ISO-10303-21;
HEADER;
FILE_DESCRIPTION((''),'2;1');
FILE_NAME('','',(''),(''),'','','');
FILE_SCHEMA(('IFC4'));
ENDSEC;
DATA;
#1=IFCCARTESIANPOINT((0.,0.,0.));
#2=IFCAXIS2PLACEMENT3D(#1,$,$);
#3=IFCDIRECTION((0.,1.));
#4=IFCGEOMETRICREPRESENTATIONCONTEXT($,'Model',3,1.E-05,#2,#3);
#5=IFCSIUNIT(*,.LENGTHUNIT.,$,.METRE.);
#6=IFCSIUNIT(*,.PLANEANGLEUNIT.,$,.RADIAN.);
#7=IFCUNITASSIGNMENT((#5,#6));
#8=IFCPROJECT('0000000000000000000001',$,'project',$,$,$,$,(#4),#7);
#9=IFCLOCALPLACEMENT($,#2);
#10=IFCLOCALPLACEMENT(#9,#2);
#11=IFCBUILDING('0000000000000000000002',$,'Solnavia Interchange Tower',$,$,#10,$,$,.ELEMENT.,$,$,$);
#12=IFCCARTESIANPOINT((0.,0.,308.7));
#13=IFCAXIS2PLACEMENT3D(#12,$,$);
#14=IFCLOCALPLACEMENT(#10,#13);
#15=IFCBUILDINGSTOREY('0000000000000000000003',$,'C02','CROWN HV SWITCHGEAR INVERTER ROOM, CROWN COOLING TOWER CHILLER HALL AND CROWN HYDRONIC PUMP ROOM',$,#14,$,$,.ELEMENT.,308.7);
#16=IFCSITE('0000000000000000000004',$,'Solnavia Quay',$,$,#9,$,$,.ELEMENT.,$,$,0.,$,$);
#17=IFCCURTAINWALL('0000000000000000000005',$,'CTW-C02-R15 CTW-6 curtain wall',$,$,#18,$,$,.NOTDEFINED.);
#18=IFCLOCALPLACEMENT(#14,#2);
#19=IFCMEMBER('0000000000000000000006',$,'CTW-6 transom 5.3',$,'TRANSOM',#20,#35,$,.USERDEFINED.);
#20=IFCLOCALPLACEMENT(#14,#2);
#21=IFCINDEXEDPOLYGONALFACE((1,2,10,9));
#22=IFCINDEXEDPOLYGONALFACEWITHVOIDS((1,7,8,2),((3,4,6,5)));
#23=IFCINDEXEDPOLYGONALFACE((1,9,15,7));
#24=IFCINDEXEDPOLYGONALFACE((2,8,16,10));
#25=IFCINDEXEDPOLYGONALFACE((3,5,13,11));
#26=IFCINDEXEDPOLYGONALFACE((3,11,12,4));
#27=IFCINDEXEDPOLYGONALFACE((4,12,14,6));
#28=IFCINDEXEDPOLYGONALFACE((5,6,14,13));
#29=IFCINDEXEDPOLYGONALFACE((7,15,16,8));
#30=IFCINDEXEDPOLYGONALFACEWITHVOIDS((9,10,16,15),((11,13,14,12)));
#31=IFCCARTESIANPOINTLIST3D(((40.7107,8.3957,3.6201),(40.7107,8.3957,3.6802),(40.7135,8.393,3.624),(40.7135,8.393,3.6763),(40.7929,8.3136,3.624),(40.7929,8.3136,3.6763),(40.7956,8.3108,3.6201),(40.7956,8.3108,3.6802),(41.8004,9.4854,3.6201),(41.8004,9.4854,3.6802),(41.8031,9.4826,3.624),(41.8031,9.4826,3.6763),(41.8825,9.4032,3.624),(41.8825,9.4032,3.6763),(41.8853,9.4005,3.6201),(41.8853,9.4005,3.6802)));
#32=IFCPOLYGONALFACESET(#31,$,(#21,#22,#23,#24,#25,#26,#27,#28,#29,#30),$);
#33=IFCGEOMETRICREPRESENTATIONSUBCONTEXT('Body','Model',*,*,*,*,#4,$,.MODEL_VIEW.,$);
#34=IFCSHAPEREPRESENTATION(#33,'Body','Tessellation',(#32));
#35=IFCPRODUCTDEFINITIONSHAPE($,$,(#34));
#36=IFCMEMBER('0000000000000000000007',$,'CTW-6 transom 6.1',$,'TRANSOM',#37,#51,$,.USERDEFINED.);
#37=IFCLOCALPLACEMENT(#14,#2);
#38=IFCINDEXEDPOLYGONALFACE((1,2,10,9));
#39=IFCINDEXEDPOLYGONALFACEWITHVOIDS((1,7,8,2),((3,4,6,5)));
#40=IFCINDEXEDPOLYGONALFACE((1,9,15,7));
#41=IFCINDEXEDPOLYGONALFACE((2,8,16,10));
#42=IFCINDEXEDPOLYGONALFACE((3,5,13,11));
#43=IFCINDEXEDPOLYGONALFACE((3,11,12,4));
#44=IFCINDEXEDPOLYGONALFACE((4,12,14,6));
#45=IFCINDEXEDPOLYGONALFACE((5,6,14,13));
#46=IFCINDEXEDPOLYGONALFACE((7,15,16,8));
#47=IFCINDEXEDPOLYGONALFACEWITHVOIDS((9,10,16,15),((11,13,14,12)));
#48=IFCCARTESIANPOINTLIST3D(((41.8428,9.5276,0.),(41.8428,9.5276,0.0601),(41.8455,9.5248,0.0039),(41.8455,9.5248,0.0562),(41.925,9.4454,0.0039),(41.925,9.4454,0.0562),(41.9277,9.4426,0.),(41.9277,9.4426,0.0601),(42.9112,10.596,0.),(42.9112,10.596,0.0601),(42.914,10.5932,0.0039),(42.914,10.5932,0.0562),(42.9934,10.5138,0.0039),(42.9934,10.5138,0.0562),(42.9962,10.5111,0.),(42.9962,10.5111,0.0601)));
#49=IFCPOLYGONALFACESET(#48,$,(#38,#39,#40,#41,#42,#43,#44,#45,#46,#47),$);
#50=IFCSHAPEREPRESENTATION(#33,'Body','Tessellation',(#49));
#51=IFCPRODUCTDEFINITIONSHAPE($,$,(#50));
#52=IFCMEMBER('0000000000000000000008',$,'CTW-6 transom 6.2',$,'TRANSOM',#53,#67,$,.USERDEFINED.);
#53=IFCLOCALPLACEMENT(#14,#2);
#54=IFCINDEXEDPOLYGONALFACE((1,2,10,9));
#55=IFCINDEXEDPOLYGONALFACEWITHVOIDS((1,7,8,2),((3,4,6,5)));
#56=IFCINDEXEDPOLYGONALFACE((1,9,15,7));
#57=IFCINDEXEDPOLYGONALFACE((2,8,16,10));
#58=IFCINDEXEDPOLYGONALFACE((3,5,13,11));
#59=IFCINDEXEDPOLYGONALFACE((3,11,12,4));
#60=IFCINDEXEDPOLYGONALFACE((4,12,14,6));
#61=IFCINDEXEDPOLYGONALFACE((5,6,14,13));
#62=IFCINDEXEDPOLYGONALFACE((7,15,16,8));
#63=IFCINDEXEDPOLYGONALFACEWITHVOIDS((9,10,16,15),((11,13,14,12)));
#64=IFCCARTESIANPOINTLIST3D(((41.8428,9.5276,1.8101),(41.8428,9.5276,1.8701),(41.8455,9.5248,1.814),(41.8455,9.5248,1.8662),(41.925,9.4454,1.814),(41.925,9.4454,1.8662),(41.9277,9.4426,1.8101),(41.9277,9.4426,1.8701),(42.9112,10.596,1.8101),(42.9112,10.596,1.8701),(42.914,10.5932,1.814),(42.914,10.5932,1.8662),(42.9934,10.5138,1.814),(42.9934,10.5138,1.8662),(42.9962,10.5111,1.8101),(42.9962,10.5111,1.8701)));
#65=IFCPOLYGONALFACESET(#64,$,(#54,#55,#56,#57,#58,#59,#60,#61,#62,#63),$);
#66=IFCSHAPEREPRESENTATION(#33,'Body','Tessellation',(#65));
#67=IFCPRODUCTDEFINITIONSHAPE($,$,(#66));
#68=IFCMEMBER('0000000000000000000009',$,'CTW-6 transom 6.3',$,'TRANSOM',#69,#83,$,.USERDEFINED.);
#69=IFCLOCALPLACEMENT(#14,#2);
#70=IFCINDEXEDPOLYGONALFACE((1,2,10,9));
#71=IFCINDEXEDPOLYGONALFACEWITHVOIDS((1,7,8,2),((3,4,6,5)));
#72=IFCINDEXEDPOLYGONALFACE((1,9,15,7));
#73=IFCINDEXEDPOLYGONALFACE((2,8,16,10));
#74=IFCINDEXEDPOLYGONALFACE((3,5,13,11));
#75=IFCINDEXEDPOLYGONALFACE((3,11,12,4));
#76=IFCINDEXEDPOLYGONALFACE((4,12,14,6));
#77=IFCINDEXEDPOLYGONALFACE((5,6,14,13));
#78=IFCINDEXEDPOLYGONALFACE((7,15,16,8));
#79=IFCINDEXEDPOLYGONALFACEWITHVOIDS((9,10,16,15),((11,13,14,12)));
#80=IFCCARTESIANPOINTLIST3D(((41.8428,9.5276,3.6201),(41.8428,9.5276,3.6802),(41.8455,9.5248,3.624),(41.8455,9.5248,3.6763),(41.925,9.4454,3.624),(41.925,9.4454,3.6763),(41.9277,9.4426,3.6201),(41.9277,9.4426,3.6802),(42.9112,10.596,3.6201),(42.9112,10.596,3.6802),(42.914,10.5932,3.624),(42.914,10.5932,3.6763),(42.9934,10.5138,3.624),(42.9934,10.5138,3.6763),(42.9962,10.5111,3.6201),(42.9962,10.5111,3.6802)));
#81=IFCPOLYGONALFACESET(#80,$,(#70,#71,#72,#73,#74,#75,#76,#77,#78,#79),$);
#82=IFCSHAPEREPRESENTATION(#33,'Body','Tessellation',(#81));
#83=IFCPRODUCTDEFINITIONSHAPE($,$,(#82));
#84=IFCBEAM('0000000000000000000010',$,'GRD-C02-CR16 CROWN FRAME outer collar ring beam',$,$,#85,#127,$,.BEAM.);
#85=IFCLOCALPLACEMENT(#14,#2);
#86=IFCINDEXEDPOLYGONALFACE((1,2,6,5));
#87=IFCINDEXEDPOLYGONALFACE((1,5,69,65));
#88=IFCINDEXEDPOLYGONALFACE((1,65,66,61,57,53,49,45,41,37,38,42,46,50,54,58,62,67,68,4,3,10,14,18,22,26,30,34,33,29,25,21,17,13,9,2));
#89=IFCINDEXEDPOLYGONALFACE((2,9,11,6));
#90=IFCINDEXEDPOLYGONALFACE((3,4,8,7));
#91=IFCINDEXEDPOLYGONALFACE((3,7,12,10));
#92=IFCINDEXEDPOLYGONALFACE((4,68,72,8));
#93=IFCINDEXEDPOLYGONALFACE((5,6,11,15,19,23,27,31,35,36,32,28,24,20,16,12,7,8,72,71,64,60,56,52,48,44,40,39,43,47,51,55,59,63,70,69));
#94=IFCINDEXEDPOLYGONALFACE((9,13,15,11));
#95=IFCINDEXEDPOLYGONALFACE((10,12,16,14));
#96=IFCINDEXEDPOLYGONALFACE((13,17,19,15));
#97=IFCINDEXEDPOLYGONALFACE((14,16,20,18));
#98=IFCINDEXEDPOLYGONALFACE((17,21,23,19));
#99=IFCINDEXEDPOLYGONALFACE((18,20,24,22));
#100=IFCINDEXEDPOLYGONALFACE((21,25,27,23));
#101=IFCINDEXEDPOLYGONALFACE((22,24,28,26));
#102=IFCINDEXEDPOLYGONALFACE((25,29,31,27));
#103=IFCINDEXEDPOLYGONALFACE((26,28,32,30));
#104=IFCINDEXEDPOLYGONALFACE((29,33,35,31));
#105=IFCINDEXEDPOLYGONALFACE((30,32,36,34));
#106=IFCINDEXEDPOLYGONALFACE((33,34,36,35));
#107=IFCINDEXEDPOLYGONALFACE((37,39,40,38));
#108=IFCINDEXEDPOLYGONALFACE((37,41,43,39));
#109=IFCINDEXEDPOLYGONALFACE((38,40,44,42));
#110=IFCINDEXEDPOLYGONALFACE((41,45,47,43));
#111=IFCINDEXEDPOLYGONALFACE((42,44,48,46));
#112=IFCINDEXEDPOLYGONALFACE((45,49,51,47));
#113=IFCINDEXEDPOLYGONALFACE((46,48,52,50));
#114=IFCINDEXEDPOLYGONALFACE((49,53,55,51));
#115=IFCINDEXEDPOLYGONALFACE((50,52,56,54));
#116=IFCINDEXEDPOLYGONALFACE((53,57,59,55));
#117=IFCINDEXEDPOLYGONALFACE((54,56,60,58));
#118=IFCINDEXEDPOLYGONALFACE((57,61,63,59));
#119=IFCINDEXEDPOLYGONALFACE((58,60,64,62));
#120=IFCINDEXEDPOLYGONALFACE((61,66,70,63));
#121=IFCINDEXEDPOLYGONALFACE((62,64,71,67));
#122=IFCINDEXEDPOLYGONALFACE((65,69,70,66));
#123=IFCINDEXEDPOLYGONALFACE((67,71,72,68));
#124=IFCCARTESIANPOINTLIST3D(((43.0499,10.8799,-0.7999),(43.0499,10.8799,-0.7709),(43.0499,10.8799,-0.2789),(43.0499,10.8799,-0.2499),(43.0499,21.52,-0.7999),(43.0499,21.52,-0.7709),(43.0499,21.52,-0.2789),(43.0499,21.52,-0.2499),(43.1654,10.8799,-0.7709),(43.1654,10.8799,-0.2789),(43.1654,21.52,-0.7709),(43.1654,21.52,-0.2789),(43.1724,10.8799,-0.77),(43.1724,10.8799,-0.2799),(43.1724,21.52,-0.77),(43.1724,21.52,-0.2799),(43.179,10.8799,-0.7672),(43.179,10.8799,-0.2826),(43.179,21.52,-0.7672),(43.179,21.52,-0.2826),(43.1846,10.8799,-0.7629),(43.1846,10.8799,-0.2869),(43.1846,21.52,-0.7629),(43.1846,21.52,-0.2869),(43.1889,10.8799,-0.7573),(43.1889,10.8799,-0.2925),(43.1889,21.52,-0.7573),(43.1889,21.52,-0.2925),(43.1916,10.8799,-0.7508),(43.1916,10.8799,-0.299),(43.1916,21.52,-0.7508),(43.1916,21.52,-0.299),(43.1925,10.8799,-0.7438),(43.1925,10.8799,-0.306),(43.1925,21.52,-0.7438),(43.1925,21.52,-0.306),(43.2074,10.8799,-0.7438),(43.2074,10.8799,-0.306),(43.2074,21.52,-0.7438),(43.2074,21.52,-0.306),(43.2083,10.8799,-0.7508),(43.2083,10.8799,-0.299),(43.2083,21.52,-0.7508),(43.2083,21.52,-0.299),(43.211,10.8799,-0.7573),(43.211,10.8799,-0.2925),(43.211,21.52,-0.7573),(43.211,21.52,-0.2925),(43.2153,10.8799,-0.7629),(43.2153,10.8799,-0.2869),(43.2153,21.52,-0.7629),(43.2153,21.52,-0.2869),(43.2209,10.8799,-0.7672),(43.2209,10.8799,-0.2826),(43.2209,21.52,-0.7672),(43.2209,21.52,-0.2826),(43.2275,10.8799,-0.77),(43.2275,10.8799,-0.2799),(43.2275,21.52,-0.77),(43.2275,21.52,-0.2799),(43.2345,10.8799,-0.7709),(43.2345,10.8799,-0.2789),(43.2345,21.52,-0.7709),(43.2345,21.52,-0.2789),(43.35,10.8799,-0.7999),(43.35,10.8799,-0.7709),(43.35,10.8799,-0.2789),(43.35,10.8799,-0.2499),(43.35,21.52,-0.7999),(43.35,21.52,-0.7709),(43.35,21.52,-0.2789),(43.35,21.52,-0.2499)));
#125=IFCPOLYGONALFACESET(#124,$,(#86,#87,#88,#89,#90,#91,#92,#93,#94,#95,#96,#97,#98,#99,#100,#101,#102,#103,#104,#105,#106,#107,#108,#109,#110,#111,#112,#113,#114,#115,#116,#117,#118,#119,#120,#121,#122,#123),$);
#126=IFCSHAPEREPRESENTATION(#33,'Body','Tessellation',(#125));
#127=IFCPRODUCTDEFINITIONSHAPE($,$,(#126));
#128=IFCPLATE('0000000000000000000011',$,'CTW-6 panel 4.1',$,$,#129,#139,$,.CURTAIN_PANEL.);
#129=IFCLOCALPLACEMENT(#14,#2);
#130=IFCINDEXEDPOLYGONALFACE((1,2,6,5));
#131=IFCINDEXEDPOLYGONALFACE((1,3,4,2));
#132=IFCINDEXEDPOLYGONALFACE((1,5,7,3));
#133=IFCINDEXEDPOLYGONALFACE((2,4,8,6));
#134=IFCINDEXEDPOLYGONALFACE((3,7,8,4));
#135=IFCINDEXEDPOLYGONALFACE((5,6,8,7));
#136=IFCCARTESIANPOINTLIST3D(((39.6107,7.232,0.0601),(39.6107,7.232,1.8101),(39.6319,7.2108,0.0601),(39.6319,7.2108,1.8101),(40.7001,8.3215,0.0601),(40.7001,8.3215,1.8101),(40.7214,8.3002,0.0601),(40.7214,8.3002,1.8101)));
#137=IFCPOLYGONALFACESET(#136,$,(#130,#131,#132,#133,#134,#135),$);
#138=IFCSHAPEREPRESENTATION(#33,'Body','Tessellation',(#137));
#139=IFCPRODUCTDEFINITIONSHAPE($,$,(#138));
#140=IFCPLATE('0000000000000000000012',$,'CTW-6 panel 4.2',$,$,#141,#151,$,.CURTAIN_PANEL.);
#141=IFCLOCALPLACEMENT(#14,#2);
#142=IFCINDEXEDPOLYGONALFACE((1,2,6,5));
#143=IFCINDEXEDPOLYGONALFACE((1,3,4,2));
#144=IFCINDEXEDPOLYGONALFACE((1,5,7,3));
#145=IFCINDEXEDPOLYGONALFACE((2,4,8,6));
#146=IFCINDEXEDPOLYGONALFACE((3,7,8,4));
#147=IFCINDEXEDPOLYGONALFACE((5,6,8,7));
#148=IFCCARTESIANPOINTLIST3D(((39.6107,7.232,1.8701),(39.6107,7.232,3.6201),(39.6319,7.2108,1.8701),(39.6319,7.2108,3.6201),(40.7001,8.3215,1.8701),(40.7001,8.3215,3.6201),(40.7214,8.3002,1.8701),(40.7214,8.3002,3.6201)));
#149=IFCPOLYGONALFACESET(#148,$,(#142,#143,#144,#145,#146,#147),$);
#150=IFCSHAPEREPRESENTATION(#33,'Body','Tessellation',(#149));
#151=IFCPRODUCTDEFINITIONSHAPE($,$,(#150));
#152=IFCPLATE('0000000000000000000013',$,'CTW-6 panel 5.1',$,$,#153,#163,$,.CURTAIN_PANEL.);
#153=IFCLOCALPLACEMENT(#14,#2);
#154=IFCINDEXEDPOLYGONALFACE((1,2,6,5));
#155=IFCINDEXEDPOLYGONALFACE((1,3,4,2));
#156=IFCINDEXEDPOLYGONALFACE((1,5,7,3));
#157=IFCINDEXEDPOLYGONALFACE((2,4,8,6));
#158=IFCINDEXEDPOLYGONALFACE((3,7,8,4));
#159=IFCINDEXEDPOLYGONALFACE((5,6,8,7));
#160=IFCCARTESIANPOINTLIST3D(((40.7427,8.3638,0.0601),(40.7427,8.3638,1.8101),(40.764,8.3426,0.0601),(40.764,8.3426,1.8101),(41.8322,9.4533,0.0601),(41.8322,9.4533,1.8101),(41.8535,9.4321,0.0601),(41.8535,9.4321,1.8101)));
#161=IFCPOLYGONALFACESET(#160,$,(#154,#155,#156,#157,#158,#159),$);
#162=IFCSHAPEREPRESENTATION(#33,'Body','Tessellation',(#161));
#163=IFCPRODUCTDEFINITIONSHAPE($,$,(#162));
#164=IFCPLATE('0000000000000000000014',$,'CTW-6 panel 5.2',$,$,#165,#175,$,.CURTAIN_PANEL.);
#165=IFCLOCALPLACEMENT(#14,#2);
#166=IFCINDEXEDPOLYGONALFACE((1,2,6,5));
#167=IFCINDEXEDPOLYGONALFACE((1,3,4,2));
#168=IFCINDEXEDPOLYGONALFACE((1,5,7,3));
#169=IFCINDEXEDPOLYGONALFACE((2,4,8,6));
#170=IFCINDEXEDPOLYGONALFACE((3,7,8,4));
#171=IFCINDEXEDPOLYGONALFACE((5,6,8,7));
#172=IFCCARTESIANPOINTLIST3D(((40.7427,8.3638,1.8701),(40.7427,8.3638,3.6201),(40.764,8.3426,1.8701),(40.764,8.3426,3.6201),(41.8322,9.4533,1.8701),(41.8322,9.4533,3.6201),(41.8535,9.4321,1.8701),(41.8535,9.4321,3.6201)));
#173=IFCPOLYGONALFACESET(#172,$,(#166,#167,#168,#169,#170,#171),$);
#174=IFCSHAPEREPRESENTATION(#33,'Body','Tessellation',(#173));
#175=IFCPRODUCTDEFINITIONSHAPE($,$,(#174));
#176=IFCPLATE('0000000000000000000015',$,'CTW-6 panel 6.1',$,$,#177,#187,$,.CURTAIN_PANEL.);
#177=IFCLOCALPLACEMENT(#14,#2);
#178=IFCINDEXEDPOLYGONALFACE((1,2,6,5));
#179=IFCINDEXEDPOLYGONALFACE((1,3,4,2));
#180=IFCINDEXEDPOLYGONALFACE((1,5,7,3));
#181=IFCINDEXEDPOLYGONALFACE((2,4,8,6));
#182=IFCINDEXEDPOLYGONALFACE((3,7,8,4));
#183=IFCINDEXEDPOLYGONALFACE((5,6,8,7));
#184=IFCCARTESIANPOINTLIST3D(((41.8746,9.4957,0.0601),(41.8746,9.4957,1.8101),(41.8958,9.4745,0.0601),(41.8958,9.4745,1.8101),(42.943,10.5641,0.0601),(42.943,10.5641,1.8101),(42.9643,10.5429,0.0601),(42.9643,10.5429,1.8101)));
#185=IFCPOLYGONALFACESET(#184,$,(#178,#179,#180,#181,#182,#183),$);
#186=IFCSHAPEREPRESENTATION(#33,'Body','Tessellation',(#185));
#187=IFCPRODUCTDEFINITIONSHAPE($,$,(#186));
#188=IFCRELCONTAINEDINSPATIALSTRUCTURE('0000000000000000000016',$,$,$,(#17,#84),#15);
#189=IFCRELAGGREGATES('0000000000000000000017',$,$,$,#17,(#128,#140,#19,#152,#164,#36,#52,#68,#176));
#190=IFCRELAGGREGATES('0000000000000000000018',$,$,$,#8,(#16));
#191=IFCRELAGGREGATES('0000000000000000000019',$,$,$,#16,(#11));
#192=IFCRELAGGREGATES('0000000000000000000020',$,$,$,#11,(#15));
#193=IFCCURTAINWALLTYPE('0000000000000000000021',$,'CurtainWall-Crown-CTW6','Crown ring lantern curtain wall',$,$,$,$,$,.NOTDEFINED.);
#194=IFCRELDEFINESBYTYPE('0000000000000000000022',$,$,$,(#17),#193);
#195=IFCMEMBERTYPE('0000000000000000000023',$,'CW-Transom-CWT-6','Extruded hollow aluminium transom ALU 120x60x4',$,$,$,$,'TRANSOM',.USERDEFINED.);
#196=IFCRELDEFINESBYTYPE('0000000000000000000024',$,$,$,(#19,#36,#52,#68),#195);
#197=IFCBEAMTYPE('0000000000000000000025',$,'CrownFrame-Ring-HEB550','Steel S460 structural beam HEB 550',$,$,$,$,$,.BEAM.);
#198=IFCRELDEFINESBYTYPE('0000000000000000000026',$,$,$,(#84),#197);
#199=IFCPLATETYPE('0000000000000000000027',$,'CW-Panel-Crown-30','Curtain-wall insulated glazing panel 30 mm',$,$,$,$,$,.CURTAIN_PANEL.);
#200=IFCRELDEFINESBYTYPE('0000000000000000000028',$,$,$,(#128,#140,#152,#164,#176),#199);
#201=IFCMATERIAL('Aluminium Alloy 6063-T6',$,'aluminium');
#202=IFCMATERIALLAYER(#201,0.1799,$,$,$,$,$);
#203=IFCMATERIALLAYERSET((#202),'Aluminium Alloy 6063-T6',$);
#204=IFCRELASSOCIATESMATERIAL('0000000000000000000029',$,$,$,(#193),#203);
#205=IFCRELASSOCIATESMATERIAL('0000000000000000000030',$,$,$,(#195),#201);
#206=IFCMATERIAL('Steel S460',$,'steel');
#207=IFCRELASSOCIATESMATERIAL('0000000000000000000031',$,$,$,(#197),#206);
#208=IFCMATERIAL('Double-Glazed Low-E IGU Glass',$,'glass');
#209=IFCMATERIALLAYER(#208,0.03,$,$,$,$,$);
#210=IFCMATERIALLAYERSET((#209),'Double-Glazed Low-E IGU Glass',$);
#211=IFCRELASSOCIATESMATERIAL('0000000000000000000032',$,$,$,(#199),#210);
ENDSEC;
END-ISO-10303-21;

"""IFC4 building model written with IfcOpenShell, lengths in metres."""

from ifc_helpers import new_model, si_unit, direction, frame, origin, origin_2d, place, context, subcontext, project, spatial, rectangle, hollow_rectangle, i_section, extrude, material, layer, layer_set, material_profile, profile_set, type_object, element, aggregate, save


model = new_model("IFC4")

# Units and contexts
model_context = context("Model", 3, precision=1e-05, world=origin(), true_north=direction((0.0, 1.0)))
body_context = subcontext(model_context, "Body", "Model", "MODEL_VIEW")
ifc_project = project(units=[si_unit("LENGTHUNIT", "METRE"), si_unit("PLANEANGLEUNIT", "RADIAN")], contexts=[model_context])

# Site, building, storey
site_placement = place(None, origin())
site = spatial("IfcSite", under=ifc_project, at=site_placement, Name="Solnavia Quay", CompositionType="ELEMENT", RefElevation=0.0)
building_placement = place(site_placement, origin())
building = spatial("IfcBuilding", under=site, at=building_placement, Name="Solnavia Interchange Tower", CompositionType="ELEMENT")
storey_placement = place(building_placement, frame((0.0, 0.0, 308.7)))
storey = spatial("IfcBuildingStorey", under=building, at=storey_placement, Name="C02", Description="CROWN HV SWITCHGEAR INVERTER ROOM, CROWN COOLING TOWER CHILLER HALL AND CROWN HYDRONIC PUMP ROOM", CompositionType="ELEMENT", Elevation=308.7)

# Shared definitions
ifc_material_1 = material(Name="Steel S460", Category="steel")

# Curtain wall, members
ifc_material_2 = material(Name="Aluminium Alloy 6063-T6", Category="aluminium")
ifc_layer_1 = layer(ifc_material_2, 0.1799)
ifc_layer_set_1 = layer_set([ifc_layer_1], Name="Aluminium Alloy 6063-T6")
curtain_wall_type = type_object("IfcCurtainWallType", Name="CurtainWall-Crown-CTW6", Description="Crown ring lantern curtain wall", PredefinedType="NOTDEFINED", material=ifc_layer_set_1)
curtain_wall_placement = place(storey_placement, origin())
curtain_wall = element("IfcCurtainWall", 1, at=curtain_wall_placement, inside=storey, type_object=curtain_wall_type, Name="CTW-C02-R15 CTW-6 curtain wall", PredefinedType="NOTDEFINED")
ifc_material_profile_1 = material_profile(ifc_material_2, hollow_rectangle(XDim=0.0601, YDim=0.1201, WallThickness=0.0039, at=origin_2d()), Name="ALU 120x60x4")
ifc_profile_set_1 = profile_set([ifc_material_profile_1], Name="Aluminium Alloy 6063-T6")
member_type_1 = type_object("IfcMemberType", Name="CW-Transom-CWT-6", Description="Extruded hollow aluminium transom ALU 120x60x4", ElementType="TRANSOM", PredefinedType="USERDEFINED", material=ifc_profile_set_1)
member_1_placement = place(storey_placement, frame((40.7532, 8.3533, 3.6501), z_axis=(0.707107, 0.707107, 0.0), x_axis=(0.0, 0.0, 1.0)))
member_1 = element("IfcMember", 2, at=member_1_placement, type_object=member_type_1, Name="CTW-6 transom 5.3", ObjectType="TRANSOM", PredefinedType="USERDEFINED", context=body_context, shape_type="SweptSolid", body=[
    extrude(hollow_rectangle(XDim=0.0601, YDim=0.1201, WallThickness=0.0039, at=origin_2d()), origin(), (0.0, 0.0, 1.0), 1.541),
])
member_2_placement = place(storey_placement, frame((41.8853, 9.4851, 0.03), z_axis=(0.707107, 0.707107, 0.0), x_axis=(0.0, 0.0, 1.0)))
member_2 = element("IfcMember", 3, at=member_2_placement, type_object=member_type_1, Name="CTW-6 transom 6.1", ObjectType="TRANSOM", PredefinedType="USERDEFINED", context=body_context, shape_type="SweptSolid", body=[
    extrude(hollow_rectangle(XDim=0.0601, YDim=0.1201, WallThickness=0.0039, at=origin_2d()), origin(), (0.0, 0.0, 1.0), 1.511),
])
member_3_placement = place(storey_placement, frame((41.8853, 9.4851, 1.8401), z_axis=(0.707107, 0.707107, 0.0), x_axis=(0.0, 0.0, 1.0)))
member_3 = element("IfcMember", 4, at=member_3_placement, type_object=member_type_1, Name="CTW-6 transom 6.2", ObjectType="TRANSOM", PredefinedType="USERDEFINED", context=body_context, shape_type="SweptSolid", body=[
    extrude(hollow_rectangle(XDim=0.0601, YDim=0.1201, WallThickness=0.0039, at=origin_2d()), origin(), (0.0, 0.0, 1.0), 1.511),
])
member_4_placement = place(storey_placement, frame((41.8853, 9.4851, 3.6501), z_axis=(0.707107, 0.707107, 0.0), x_axis=(0.0, 0.0, 1.0)))
member_4 = element("IfcMember", 5, at=member_4_placement, type_object=member_type_1, Name="CTW-6 transom 6.3", ObjectType="TRANSOM", PredefinedType="USERDEFINED", context=body_context, shape_type="SweptSolid", body=[
    extrude(hollow_rectangle(XDim=0.0601, YDim=0.1201, WallThickness=0.0039, at=origin_2d()), origin(), (0.0, 0.0, 1.0), 1.511),
])

# Beam
ifc_material_profile_2 = material_profile(ifc_material_1, i_section(OverallWidth=0.3, OverallDepth=0.55, WebThickness=0.0149, FlangeThickness=0.0291, FilletRadius=0.0271, at=origin_2d()), Name="HEB 550")
ifc_profile_set_2 = profile_set([ifc_material_profile_2], Name="Steel S460")
beam_type = type_object("IfcBeamType", Name="CrownFrame-Ring-HEB550", Description="Steel S460 structural beam HEB 550", PredefinedType="BEAM", material=ifc_profile_set_2)
beam_placement = place(storey_placement, frame((43.2, 10.8799, -0.5249), z_axis=(0.0, 1.0, 0.0), x_axis=(-1.0, 0.0, 0.0)))
element("IfcBeam", 6, at=beam_placement, inside=storey, type_object=beam_type, Name="GRD-C02-CR16 CROWN FRAME outer collar ring beam", PredefinedType="BEAM", context=body_context, shape_type="SweptSolid", body=[
    extrude(i_section(OverallWidth=0.3, OverallDepth=0.55, WebThickness=0.0149, FlangeThickness=0.0291, FilletRadius=0.0271, at=origin_2d()), origin(), (0.0, 0.0, 1.0), 10.6401),
])

# Plates
ifc_material_3 = material(Name="Double-Glazed Low-E IGU Glass", Category="glass")
ifc_layer_2 = layer(ifc_material_3, 0.03)
ifc_layer_set_2 = layer_set([ifc_layer_2], Name="Double-Glazed Low-E IGU Glass")
plate_type_1 = type_object("IfcPlateType", Name="CW-Panel-Crown-30", Description="Curtain-wall insulated glazing panel 30 mm", PredefinedType="CURTAIN_PANEL", material=ifc_layer_set_2)
plate_1_placement = place(storey_placement, frame((40.166, 7.7661, 0.0601), z_axis=(0.0, 0.0, 1.0), x_axis=(0.707107, 0.707107, 0.0)))
plate_1 = element("IfcPlate", 7, at=plate_1_placement, type_object=plate_type_1, Name="CTW-6 panel 4.1", PredefinedType="CURTAIN_PANEL", context=body_context, shape_type="SweptSolid", body=[
    extrude(rectangle(XDim=1.5408, YDim=0.03, at=origin_2d()), origin(), (0.0, 0.0, 1.0), 1.75),
])
plate_2_placement = place(storey_placement, frame((40.166, 7.7661, 1.8701), z_axis=(0.0, 0.0, 1.0), x_axis=(0.707107, 0.707107, 0.0)))
plate_2 = element("IfcPlate", 8, at=plate_2_placement, type_object=plate_type_1, Name="CTW-6 panel 4.2", PredefinedType="CURTAIN_PANEL", context=body_context, shape_type="SweptSolid", body=[
    extrude(rectangle(XDim=1.5408, YDim=0.03, at=origin_2d()), origin(), (0.0, 0.0, 1.0), 1.75),
])
plate_3_placement = place(storey_placement, frame((41.2981, 8.8979, 0.0601), z_axis=(0.0, 0.0, 1.0), x_axis=(0.707107, 0.707107, 0.0)))
plate_3 = element("IfcPlate", 9, at=plate_3_placement, type_object=plate_type_1, Name="CTW-6 panel 5.1", PredefinedType="CURTAIN_PANEL", context=body_context, shape_type="SweptSolid", body=[
    extrude(rectangle(XDim=1.5408, YDim=0.03, at=origin_2d()), origin(), (0.0, 0.0, 1.0), 1.75),
])
plate_4_placement = place(storey_placement, frame((41.2981, 8.8979, 1.8701), z_axis=(0.0, 0.0, 1.0), x_axis=(0.707107, 0.707107, 0.0)))
plate_4 = element("IfcPlate", 10, at=plate_4_placement, type_object=plate_type_1, Name="CTW-6 panel 5.2", PredefinedType="CURTAIN_PANEL", context=body_context, shape_type="SweptSolid", body=[
    extrude(rectangle(XDim=1.5408, YDim=0.03, at=origin_2d()), origin(), (0.0, 0.0, 1.0), 1.75),
])
plate_5_placement = place(storey_placement, frame((42.4194, 10.0193, 0.0601), z_axis=(0.0, 0.0, 1.0), x_axis=(0.707107, 0.707107, 0.0)))
plate_5 = element("IfcPlate", 11, at=plate_5_placement, type_object=plate_type_1, Name="CTW-6 panel 6.1", PredefinedType="CURTAIN_PANEL", context=body_context, shape_type="SweptSolid", body=[
    extrude(rectangle(XDim=1.511, YDim=0.03, at=origin_2d()), origin(), (0.0, 0.0, 1.0), 1.75),
])
aggregate(curtain_wall, [plate_1, plate_2, member_1, plate_3, plate_4, member_2, member_3, member_4, plate_5])

save(model, "model.ifc")
